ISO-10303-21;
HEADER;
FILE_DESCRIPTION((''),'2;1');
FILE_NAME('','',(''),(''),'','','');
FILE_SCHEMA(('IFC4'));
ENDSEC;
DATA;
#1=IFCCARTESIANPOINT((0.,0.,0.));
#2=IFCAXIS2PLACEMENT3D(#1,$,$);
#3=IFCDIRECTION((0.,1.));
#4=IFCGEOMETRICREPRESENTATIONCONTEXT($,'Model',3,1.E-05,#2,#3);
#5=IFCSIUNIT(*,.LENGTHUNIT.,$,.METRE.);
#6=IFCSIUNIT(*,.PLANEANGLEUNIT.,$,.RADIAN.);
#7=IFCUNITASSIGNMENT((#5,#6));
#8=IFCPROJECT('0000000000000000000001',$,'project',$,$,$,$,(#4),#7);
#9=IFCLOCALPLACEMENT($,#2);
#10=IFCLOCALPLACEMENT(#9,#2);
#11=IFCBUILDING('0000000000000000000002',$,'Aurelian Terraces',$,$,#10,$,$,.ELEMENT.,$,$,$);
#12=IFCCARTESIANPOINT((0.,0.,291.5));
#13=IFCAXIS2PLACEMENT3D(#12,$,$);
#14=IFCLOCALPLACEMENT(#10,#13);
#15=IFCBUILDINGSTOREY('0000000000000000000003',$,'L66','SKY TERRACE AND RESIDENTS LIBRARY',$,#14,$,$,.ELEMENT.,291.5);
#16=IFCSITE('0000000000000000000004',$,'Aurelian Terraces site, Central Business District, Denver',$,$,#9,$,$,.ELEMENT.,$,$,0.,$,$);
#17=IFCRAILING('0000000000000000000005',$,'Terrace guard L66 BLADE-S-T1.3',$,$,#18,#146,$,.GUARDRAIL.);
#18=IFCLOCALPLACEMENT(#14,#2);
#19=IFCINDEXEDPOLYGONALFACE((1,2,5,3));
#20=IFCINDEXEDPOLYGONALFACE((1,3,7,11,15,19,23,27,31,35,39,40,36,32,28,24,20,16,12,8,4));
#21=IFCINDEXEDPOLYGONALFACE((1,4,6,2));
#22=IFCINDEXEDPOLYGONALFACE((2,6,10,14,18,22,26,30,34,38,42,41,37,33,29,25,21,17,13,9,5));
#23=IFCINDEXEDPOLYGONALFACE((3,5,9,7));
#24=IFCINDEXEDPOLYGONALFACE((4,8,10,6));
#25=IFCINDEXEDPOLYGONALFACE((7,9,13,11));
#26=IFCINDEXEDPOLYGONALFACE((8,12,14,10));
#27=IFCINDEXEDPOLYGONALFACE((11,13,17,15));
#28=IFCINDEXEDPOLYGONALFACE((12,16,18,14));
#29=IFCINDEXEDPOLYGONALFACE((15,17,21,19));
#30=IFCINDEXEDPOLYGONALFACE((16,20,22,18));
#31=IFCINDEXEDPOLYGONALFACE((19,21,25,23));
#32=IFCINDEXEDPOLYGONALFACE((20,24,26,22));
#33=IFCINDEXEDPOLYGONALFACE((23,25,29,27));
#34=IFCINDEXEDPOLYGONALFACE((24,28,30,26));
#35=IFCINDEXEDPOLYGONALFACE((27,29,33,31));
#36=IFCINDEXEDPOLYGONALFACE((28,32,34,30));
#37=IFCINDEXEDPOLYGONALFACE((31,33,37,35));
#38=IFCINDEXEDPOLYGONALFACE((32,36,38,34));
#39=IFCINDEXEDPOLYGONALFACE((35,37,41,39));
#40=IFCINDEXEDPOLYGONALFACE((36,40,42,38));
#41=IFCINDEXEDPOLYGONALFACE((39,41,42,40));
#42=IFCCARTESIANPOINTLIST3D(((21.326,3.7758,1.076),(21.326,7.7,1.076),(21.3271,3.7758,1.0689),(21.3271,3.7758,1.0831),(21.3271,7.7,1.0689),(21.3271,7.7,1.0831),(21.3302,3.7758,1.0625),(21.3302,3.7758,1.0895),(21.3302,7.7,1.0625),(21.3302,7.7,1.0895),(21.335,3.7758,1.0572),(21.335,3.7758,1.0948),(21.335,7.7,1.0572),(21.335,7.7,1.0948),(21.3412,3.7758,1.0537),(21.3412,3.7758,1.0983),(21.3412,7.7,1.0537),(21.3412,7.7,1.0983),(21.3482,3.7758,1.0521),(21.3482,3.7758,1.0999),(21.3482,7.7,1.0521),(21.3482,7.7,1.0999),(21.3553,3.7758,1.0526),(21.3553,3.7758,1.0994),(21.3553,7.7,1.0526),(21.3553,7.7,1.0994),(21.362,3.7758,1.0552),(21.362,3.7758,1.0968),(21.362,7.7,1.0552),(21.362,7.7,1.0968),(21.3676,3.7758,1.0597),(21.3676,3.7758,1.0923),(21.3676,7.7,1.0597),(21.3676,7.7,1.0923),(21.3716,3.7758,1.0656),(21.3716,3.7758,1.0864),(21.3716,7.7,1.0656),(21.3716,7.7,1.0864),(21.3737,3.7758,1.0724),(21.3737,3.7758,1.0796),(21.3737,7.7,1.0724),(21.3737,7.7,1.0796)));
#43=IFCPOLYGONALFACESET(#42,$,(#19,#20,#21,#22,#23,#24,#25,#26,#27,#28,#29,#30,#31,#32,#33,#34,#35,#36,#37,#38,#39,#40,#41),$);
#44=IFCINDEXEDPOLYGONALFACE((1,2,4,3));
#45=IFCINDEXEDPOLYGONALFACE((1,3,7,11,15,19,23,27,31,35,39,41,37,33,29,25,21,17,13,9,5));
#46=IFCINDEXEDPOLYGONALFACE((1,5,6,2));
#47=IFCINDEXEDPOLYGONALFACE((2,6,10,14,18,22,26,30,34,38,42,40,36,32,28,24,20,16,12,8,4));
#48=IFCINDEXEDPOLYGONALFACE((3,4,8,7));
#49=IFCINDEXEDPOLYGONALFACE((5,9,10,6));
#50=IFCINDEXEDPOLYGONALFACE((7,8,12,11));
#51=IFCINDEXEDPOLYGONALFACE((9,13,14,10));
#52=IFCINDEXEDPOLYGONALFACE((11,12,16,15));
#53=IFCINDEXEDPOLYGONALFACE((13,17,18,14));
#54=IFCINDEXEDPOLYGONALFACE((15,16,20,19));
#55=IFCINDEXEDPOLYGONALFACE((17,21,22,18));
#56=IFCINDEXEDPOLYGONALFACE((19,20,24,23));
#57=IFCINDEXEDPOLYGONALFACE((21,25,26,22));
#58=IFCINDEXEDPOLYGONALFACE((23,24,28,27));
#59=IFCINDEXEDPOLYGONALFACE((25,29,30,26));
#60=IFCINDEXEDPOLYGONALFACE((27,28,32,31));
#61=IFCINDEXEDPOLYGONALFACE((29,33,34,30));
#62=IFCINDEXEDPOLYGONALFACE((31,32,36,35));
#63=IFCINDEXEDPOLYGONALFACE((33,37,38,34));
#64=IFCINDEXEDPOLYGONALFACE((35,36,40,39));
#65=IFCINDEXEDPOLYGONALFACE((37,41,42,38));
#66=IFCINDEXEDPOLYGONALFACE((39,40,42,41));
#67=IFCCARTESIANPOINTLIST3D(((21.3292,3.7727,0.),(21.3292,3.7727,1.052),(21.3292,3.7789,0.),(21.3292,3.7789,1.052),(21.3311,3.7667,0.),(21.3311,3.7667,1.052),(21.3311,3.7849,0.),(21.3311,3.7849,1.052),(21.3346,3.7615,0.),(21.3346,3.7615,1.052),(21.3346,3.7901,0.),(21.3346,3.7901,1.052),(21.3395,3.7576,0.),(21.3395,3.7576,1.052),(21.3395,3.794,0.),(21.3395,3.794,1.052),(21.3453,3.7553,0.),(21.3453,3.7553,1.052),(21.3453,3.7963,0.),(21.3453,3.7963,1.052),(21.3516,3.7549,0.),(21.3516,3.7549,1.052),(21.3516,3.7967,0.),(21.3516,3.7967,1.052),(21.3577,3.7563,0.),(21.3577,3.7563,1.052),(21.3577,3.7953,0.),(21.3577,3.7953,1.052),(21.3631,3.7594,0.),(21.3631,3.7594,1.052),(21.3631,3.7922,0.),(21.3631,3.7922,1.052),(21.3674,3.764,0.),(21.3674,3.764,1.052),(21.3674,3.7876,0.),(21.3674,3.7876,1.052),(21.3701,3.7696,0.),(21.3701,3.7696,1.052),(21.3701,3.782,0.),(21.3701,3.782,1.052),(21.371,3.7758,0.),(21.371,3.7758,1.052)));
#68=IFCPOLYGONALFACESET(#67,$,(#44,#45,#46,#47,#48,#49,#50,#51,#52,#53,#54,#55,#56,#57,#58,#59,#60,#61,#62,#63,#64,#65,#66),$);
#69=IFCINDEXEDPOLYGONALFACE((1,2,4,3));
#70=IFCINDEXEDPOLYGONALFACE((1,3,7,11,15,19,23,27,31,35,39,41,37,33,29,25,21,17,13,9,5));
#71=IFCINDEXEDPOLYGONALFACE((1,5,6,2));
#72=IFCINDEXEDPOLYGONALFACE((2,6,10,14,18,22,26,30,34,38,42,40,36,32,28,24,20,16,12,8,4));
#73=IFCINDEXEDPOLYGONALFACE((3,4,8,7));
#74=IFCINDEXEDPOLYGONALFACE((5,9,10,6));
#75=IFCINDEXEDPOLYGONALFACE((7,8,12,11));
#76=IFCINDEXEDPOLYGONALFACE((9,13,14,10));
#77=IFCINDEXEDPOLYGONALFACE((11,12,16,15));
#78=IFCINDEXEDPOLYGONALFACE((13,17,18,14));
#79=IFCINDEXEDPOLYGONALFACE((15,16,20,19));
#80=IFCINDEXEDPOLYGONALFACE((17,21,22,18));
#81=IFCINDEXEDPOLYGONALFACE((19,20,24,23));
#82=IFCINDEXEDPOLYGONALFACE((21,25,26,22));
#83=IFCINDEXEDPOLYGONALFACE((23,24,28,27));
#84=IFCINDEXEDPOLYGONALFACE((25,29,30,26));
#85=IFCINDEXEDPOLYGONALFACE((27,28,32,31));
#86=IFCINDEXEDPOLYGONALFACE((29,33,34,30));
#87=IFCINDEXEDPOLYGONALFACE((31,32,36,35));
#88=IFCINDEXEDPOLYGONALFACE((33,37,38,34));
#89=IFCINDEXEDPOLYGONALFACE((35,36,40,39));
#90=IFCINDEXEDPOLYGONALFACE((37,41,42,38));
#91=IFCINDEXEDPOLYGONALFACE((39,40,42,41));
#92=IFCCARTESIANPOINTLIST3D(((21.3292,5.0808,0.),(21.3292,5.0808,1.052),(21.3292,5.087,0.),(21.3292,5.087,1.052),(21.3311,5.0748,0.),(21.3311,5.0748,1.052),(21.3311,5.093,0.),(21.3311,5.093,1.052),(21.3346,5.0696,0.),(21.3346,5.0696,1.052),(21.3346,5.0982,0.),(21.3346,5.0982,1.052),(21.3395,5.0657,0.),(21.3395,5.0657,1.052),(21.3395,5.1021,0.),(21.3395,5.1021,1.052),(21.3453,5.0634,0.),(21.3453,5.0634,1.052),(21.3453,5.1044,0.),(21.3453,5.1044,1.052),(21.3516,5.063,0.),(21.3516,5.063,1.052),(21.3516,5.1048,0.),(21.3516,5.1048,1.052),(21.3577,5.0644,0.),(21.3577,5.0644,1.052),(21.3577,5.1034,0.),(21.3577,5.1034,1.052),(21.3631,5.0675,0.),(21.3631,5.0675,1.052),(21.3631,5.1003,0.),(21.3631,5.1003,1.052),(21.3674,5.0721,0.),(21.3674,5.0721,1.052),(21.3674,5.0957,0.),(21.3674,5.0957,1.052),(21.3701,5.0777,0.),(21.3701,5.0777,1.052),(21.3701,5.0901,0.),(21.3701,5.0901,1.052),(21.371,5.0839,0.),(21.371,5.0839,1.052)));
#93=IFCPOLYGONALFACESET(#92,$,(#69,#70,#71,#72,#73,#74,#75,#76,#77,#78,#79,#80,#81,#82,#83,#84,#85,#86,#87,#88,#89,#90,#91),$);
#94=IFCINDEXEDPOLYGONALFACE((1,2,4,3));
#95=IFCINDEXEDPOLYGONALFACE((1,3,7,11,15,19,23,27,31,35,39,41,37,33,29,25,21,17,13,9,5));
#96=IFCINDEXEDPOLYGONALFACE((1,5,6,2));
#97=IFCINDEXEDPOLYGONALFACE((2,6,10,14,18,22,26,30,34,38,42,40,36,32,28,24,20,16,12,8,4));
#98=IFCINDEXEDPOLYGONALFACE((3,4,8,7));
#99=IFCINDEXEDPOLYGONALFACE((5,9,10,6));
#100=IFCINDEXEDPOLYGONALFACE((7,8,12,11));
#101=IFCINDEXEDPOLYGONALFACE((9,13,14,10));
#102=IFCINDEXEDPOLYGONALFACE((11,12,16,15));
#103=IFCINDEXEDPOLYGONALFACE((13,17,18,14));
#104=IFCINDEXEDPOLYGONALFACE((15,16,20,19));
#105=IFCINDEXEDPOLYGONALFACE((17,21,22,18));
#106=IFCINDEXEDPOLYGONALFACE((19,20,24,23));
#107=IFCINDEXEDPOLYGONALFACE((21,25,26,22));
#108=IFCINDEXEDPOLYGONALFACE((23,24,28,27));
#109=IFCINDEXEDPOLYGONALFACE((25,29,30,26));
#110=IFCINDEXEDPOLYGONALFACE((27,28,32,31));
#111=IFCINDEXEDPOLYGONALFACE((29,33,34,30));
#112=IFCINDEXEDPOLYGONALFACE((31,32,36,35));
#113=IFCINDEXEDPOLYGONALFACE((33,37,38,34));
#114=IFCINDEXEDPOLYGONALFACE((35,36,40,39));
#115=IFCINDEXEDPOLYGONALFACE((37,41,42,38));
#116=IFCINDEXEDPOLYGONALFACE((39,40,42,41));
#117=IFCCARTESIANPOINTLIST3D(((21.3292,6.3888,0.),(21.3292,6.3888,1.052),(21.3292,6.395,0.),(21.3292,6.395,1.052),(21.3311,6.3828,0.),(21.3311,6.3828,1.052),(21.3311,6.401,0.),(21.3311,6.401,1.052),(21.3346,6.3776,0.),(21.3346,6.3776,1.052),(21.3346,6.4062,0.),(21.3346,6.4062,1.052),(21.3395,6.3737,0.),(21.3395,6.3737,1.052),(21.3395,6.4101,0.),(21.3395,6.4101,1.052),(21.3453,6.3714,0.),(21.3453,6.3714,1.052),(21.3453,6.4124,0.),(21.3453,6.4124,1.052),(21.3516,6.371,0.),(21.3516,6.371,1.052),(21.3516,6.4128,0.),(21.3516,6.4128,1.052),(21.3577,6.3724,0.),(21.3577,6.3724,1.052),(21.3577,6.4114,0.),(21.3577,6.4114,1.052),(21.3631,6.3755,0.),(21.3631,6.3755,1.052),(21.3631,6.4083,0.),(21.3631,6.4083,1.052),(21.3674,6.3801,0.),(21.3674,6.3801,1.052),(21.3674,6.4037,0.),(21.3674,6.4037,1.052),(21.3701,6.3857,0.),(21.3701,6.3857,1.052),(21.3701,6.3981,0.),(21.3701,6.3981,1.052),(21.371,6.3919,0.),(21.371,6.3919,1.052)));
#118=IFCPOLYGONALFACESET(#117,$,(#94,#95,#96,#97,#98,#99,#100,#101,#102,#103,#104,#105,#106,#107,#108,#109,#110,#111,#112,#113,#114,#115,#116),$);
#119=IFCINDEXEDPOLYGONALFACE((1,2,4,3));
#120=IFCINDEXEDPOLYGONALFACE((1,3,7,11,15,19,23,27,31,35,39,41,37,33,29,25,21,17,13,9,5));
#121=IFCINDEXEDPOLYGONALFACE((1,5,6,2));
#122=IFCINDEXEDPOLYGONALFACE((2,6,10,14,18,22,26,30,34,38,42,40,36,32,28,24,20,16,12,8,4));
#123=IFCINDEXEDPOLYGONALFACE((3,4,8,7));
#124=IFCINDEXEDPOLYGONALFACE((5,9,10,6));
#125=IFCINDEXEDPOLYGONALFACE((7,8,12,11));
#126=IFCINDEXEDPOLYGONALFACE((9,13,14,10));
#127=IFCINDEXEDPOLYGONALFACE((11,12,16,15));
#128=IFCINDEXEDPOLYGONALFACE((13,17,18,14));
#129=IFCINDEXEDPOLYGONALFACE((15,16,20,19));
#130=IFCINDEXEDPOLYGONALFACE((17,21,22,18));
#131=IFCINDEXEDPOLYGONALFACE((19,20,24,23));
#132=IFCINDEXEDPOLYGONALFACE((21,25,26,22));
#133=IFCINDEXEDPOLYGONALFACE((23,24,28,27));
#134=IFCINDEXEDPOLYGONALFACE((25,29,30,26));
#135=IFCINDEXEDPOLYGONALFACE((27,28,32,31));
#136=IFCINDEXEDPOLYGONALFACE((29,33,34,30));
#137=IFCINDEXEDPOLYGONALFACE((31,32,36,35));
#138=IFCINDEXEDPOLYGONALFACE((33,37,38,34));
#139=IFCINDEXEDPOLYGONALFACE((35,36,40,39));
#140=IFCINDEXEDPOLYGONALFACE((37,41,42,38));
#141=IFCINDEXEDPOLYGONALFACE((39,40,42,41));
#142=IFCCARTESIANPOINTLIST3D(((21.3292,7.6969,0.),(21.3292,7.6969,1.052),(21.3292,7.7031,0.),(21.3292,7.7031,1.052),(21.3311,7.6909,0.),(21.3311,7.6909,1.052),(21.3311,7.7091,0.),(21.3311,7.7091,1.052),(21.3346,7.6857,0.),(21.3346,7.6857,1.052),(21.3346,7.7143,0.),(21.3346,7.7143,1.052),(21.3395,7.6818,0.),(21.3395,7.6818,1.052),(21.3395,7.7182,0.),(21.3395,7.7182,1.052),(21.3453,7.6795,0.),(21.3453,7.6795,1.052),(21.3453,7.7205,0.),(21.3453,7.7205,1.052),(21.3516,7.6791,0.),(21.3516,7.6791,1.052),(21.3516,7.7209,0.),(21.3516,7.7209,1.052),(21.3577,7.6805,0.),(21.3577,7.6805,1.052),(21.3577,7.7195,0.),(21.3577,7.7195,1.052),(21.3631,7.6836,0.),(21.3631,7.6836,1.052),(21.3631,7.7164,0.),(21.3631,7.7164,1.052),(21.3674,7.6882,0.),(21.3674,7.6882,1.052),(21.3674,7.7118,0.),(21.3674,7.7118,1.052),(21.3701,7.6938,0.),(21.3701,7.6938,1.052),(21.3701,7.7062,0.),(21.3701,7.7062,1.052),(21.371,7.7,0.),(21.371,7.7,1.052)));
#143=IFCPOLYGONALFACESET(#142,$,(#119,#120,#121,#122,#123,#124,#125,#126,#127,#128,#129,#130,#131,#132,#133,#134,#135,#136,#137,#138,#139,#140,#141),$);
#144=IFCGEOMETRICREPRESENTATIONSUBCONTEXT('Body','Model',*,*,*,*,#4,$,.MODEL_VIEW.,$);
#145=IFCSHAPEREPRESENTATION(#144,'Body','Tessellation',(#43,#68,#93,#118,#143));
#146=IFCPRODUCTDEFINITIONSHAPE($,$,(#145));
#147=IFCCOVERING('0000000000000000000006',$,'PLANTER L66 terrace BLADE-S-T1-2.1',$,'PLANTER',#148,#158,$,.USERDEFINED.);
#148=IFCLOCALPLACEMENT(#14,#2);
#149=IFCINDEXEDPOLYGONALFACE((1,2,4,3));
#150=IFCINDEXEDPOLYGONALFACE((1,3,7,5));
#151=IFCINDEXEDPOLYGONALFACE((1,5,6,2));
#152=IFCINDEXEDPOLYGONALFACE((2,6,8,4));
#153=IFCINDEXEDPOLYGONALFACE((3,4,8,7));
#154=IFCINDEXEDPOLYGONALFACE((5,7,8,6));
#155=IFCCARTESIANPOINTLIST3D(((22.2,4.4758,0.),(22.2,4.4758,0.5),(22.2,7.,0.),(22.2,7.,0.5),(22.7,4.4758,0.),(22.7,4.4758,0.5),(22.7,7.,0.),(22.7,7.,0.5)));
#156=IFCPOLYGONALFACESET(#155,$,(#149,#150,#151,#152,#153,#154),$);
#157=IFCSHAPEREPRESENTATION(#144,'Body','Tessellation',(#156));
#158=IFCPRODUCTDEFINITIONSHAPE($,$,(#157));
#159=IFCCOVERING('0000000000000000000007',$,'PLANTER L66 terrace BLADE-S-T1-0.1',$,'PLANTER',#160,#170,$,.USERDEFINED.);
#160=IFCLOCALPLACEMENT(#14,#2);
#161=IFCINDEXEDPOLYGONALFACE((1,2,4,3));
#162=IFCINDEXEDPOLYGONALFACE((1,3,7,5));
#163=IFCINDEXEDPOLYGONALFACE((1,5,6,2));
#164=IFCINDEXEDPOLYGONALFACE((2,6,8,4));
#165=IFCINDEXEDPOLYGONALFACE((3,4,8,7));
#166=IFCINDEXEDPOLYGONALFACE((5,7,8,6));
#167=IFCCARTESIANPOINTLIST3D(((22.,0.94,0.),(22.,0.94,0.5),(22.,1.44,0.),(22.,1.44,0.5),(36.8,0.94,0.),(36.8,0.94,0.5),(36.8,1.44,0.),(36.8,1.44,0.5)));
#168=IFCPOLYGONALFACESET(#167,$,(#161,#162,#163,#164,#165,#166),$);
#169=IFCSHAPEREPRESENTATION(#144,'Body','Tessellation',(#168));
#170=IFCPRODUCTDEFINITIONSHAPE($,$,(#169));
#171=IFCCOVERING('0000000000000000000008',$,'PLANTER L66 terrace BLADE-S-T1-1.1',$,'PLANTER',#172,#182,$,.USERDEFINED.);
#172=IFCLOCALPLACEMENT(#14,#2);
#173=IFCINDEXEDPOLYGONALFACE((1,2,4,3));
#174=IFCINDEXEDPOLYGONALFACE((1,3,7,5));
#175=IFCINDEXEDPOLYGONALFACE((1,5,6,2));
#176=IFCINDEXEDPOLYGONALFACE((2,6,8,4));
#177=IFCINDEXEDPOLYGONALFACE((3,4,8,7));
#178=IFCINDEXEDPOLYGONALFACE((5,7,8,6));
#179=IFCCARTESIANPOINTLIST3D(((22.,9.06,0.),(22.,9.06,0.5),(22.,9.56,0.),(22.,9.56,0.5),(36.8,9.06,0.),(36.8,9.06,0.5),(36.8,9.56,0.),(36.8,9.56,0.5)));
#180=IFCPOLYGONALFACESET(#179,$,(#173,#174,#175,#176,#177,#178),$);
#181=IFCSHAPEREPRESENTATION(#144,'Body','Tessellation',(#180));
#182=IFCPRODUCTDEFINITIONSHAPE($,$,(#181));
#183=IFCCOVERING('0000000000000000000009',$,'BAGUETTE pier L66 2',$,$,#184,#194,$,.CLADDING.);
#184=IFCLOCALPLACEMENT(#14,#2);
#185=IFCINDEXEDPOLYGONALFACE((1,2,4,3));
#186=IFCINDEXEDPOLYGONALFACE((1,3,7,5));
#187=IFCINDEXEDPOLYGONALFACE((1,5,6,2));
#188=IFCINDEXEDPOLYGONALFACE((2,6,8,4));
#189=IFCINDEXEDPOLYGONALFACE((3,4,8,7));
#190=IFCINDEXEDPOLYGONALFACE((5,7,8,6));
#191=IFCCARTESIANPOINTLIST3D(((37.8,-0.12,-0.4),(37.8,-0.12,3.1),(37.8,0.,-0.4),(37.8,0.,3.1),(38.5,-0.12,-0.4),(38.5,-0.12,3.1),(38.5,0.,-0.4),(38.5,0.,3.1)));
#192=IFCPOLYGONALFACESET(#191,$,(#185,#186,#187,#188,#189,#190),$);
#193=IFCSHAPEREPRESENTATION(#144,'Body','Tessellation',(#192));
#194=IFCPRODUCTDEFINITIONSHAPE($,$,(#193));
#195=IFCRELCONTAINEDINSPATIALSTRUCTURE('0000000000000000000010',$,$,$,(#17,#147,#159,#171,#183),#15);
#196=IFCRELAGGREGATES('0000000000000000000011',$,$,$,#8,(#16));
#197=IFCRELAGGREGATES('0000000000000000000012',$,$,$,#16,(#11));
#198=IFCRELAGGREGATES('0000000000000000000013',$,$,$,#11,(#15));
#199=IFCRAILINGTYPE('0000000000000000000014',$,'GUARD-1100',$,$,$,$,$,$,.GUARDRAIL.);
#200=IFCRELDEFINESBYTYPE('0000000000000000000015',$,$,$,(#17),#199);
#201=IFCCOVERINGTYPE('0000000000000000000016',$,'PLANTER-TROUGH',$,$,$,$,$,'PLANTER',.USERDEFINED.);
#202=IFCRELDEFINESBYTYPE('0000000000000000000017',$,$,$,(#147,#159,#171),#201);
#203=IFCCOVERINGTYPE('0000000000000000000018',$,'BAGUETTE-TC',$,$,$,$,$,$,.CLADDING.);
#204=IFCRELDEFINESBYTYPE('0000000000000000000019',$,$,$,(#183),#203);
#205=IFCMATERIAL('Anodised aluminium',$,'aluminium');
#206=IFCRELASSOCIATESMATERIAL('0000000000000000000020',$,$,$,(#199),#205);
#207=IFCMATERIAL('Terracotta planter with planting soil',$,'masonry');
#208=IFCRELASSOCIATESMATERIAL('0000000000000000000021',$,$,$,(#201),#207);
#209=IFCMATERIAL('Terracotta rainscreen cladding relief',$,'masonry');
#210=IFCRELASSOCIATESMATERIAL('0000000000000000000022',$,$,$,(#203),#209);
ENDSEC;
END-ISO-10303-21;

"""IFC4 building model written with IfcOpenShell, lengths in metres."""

from ifc_helpers import new_model, si_unit, direction, frame, origin, origin_2d, place, context, subcontext, project, spatial, rectangle, circle, extrude, source, transform, mapped, material, type_object, element, save


model = new_model("IFC4")

# Units and contexts
model_context = context("Model", 3, precision=1e-05, world=origin(), true_north=direction((0.0, 1.0)))
body_context = subcontext(model_context, "Body", "Model", "MODEL_VIEW")
ifc_project = project(units=[si_unit("LENGTHUNIT", "METRE"), si_unit("PLANEANGLEUNIT", "RADIAN")], contexts=[model_context])

# Site, building, storey
site_placement = place(None, origin())
site = spatial("IfcSite", under=ifc_project, at=site_placement, Name="Aurelian Terraces site, Central Business District, Denver", CompositionType="ELEMENT", RefElevation=0.0)
building_placement = place(site_placement, origin())
building = spatial("IfcBuilding", under=site, at=building_placement, Name="Aurelian Terraces", CompositionType="ELEMENT")
storey_placement = place(building_placement, frame((0.0, 0.0, 291.5)))
storey = spatial("IfcBuildingStorey", under=building, at=storey_placement, Name="L66", Description="SKY TERRACE AND RESIDENTS LIBRARY", CompositionType="ELEMENT", Elevation=291.5)

# Railing
ifc_material_1 = material(Name="Anodised aluminium", Category="aluminium")
railing_type = type_object("IfcRailingType", Name="GUARD-1100", PredefinedType="GUARDRAIL", material=ifc_material_1)
railing_1_placement = place(storey_placement, frame((21.35, 3.7758, 0.0)))
element("IfcRailing", 1, at=railing_1_placement, inside=storey, type_object=railing_type, Name="Terrace guard L66 BLADE-S-T1.3", PredefinedType="GUARDRAIL", context=body_context, shape_type="SweptSolid", body=[
    extrude(circle(Radius=0.024, at=origin_2d()), frame((0.0, 0.0, 1.076), z_axis=(0.0, 1.0, 0.0), x_axis=(-1.0, 0.0, 0.0)), (0.0, 0.0, 1.0), 3.9242),
    extrude(circle(Radius=0.021, at=origin_2d()), origin(), (0.0, 0.0, 1.0), 1.052),
    extrude(circle(Radius=0.021, at=origin_2d()), frame((0.0, 1.3081, 0.0)), (0.0, 0.0, 1.0), 1.052),
    extrude(circle(Radius=0.021, at=origin_2d()), frame((0.0, 2.6161, 0.0)), (0.0, 0.0, 1.0), 1.052),
    extrude(circle(Radius=0.021, at=origin_2d()), frame((0.0, 3.9242, 0.0)), (0.0, 0.0, 1.0), 1.052),
])

# Covering
ifc_material_2 = material(Name="Terracotta planter with planting soil", Category="masonry")
covering_type_1 = type_object("IfcCoveringType", Name="PLANTER-TROUGH", ElementType="PLANTER", PredefinedType="USERDEFINED", material=ifc_material_2)
covering_1_placement = place(storey_placement, frame((22.45, 5.7379, 0.0), z_axis=(0.0, 0.0, 1.0), x_axis=(1.0, 0.0, 0.0)))
element("IfcCovering", 2, at=covering_1_placement, inside=storey, type_object=covering_type_1, Name="PLANTER L66 terrace BLADE-S-T1-2.1", ObjectType="PLANTER", PredefinedType="USERDEFINED", context=body_context, shape_type="SweptSolid", body=[
    extrude(rectangle(XDim=0.5, YDim=2.5242, at=origin_2d()), origin(), (0.0, 0.0, 1.0), 0.5),
])

# Coverings
shared_shape_1 = source(origin(), body_context, "Body", "SweptSolid", [
    extrude(rectangle(XDim=14.8, YDim=0.5, at=origin_2d()), origin(), (0.0, 0.0, 1.0), 0.5),
])
for number, where, z_axis, x_axis, name in (
    (3, (29.4, 1.19, 0.0), (0.0, 0.0, 1.0), (1.0, 0.0, 0.0), "PLANTER L66 terrace BLADE-S-T1-0.1"),
    (4, (29.4, 9.31, 0.0), (0.0, 0.0, 1.0), (1.0, 0.0, 0.0), "PLANTER L66 terrace BLADE-S-T1-1.1"),
):
    element("IfcCovering", number, at=place(storey_placement, frame(where, z_axis=z_axis, x_axis=x_axis)), inside=storey, type_object=covering_type_1, Name=name, ObjectType="PLANTER", PredefinedType="USERDEFINED", context=body_context, shape_type="MappedRepresentation", body=[
        mapped(shared_shape_1, transform((0.0, 0.0, 0.0), scale=1.0)),
    ])
ifc_material_3 = material(Name="Terracotta rainscreen cladding relief", Category="masonry")
covering_type_2 = type_object("IfcCoveringType", Name="BAGUETTE-TC", PredefinedType="CLADDING", material=ifc_material_3)
shared_shape_2 = source(origin(), body_context, "Body", "SweptSolid", [
    extrude(rectangle(XDim=0.7, YDim=0.12, at=origin_2d()), origin(), (0.0, 0.0, 1.0), 3.5),
])
covering_2_placement = place(storey_placement, frame((38.15, -0.06, -0.4), z_axis=(0.0, 0.0, 1.0), x_axis=(1.0, 0.0, 0.0)))
element("IfcCovering", 5, at=covering_2_placement, inside=storey, type_object=covering_type_2, Name="BAGUETTE pier L66 2", PredefinedType="CLADDING", context=body_context, shape_type="MappedRepresentation", body=[
    mapped(shared_shape_2, transform((0.0, 0.0, 0.0), scale=1.0)),
])

save(model, "model.ifc")
